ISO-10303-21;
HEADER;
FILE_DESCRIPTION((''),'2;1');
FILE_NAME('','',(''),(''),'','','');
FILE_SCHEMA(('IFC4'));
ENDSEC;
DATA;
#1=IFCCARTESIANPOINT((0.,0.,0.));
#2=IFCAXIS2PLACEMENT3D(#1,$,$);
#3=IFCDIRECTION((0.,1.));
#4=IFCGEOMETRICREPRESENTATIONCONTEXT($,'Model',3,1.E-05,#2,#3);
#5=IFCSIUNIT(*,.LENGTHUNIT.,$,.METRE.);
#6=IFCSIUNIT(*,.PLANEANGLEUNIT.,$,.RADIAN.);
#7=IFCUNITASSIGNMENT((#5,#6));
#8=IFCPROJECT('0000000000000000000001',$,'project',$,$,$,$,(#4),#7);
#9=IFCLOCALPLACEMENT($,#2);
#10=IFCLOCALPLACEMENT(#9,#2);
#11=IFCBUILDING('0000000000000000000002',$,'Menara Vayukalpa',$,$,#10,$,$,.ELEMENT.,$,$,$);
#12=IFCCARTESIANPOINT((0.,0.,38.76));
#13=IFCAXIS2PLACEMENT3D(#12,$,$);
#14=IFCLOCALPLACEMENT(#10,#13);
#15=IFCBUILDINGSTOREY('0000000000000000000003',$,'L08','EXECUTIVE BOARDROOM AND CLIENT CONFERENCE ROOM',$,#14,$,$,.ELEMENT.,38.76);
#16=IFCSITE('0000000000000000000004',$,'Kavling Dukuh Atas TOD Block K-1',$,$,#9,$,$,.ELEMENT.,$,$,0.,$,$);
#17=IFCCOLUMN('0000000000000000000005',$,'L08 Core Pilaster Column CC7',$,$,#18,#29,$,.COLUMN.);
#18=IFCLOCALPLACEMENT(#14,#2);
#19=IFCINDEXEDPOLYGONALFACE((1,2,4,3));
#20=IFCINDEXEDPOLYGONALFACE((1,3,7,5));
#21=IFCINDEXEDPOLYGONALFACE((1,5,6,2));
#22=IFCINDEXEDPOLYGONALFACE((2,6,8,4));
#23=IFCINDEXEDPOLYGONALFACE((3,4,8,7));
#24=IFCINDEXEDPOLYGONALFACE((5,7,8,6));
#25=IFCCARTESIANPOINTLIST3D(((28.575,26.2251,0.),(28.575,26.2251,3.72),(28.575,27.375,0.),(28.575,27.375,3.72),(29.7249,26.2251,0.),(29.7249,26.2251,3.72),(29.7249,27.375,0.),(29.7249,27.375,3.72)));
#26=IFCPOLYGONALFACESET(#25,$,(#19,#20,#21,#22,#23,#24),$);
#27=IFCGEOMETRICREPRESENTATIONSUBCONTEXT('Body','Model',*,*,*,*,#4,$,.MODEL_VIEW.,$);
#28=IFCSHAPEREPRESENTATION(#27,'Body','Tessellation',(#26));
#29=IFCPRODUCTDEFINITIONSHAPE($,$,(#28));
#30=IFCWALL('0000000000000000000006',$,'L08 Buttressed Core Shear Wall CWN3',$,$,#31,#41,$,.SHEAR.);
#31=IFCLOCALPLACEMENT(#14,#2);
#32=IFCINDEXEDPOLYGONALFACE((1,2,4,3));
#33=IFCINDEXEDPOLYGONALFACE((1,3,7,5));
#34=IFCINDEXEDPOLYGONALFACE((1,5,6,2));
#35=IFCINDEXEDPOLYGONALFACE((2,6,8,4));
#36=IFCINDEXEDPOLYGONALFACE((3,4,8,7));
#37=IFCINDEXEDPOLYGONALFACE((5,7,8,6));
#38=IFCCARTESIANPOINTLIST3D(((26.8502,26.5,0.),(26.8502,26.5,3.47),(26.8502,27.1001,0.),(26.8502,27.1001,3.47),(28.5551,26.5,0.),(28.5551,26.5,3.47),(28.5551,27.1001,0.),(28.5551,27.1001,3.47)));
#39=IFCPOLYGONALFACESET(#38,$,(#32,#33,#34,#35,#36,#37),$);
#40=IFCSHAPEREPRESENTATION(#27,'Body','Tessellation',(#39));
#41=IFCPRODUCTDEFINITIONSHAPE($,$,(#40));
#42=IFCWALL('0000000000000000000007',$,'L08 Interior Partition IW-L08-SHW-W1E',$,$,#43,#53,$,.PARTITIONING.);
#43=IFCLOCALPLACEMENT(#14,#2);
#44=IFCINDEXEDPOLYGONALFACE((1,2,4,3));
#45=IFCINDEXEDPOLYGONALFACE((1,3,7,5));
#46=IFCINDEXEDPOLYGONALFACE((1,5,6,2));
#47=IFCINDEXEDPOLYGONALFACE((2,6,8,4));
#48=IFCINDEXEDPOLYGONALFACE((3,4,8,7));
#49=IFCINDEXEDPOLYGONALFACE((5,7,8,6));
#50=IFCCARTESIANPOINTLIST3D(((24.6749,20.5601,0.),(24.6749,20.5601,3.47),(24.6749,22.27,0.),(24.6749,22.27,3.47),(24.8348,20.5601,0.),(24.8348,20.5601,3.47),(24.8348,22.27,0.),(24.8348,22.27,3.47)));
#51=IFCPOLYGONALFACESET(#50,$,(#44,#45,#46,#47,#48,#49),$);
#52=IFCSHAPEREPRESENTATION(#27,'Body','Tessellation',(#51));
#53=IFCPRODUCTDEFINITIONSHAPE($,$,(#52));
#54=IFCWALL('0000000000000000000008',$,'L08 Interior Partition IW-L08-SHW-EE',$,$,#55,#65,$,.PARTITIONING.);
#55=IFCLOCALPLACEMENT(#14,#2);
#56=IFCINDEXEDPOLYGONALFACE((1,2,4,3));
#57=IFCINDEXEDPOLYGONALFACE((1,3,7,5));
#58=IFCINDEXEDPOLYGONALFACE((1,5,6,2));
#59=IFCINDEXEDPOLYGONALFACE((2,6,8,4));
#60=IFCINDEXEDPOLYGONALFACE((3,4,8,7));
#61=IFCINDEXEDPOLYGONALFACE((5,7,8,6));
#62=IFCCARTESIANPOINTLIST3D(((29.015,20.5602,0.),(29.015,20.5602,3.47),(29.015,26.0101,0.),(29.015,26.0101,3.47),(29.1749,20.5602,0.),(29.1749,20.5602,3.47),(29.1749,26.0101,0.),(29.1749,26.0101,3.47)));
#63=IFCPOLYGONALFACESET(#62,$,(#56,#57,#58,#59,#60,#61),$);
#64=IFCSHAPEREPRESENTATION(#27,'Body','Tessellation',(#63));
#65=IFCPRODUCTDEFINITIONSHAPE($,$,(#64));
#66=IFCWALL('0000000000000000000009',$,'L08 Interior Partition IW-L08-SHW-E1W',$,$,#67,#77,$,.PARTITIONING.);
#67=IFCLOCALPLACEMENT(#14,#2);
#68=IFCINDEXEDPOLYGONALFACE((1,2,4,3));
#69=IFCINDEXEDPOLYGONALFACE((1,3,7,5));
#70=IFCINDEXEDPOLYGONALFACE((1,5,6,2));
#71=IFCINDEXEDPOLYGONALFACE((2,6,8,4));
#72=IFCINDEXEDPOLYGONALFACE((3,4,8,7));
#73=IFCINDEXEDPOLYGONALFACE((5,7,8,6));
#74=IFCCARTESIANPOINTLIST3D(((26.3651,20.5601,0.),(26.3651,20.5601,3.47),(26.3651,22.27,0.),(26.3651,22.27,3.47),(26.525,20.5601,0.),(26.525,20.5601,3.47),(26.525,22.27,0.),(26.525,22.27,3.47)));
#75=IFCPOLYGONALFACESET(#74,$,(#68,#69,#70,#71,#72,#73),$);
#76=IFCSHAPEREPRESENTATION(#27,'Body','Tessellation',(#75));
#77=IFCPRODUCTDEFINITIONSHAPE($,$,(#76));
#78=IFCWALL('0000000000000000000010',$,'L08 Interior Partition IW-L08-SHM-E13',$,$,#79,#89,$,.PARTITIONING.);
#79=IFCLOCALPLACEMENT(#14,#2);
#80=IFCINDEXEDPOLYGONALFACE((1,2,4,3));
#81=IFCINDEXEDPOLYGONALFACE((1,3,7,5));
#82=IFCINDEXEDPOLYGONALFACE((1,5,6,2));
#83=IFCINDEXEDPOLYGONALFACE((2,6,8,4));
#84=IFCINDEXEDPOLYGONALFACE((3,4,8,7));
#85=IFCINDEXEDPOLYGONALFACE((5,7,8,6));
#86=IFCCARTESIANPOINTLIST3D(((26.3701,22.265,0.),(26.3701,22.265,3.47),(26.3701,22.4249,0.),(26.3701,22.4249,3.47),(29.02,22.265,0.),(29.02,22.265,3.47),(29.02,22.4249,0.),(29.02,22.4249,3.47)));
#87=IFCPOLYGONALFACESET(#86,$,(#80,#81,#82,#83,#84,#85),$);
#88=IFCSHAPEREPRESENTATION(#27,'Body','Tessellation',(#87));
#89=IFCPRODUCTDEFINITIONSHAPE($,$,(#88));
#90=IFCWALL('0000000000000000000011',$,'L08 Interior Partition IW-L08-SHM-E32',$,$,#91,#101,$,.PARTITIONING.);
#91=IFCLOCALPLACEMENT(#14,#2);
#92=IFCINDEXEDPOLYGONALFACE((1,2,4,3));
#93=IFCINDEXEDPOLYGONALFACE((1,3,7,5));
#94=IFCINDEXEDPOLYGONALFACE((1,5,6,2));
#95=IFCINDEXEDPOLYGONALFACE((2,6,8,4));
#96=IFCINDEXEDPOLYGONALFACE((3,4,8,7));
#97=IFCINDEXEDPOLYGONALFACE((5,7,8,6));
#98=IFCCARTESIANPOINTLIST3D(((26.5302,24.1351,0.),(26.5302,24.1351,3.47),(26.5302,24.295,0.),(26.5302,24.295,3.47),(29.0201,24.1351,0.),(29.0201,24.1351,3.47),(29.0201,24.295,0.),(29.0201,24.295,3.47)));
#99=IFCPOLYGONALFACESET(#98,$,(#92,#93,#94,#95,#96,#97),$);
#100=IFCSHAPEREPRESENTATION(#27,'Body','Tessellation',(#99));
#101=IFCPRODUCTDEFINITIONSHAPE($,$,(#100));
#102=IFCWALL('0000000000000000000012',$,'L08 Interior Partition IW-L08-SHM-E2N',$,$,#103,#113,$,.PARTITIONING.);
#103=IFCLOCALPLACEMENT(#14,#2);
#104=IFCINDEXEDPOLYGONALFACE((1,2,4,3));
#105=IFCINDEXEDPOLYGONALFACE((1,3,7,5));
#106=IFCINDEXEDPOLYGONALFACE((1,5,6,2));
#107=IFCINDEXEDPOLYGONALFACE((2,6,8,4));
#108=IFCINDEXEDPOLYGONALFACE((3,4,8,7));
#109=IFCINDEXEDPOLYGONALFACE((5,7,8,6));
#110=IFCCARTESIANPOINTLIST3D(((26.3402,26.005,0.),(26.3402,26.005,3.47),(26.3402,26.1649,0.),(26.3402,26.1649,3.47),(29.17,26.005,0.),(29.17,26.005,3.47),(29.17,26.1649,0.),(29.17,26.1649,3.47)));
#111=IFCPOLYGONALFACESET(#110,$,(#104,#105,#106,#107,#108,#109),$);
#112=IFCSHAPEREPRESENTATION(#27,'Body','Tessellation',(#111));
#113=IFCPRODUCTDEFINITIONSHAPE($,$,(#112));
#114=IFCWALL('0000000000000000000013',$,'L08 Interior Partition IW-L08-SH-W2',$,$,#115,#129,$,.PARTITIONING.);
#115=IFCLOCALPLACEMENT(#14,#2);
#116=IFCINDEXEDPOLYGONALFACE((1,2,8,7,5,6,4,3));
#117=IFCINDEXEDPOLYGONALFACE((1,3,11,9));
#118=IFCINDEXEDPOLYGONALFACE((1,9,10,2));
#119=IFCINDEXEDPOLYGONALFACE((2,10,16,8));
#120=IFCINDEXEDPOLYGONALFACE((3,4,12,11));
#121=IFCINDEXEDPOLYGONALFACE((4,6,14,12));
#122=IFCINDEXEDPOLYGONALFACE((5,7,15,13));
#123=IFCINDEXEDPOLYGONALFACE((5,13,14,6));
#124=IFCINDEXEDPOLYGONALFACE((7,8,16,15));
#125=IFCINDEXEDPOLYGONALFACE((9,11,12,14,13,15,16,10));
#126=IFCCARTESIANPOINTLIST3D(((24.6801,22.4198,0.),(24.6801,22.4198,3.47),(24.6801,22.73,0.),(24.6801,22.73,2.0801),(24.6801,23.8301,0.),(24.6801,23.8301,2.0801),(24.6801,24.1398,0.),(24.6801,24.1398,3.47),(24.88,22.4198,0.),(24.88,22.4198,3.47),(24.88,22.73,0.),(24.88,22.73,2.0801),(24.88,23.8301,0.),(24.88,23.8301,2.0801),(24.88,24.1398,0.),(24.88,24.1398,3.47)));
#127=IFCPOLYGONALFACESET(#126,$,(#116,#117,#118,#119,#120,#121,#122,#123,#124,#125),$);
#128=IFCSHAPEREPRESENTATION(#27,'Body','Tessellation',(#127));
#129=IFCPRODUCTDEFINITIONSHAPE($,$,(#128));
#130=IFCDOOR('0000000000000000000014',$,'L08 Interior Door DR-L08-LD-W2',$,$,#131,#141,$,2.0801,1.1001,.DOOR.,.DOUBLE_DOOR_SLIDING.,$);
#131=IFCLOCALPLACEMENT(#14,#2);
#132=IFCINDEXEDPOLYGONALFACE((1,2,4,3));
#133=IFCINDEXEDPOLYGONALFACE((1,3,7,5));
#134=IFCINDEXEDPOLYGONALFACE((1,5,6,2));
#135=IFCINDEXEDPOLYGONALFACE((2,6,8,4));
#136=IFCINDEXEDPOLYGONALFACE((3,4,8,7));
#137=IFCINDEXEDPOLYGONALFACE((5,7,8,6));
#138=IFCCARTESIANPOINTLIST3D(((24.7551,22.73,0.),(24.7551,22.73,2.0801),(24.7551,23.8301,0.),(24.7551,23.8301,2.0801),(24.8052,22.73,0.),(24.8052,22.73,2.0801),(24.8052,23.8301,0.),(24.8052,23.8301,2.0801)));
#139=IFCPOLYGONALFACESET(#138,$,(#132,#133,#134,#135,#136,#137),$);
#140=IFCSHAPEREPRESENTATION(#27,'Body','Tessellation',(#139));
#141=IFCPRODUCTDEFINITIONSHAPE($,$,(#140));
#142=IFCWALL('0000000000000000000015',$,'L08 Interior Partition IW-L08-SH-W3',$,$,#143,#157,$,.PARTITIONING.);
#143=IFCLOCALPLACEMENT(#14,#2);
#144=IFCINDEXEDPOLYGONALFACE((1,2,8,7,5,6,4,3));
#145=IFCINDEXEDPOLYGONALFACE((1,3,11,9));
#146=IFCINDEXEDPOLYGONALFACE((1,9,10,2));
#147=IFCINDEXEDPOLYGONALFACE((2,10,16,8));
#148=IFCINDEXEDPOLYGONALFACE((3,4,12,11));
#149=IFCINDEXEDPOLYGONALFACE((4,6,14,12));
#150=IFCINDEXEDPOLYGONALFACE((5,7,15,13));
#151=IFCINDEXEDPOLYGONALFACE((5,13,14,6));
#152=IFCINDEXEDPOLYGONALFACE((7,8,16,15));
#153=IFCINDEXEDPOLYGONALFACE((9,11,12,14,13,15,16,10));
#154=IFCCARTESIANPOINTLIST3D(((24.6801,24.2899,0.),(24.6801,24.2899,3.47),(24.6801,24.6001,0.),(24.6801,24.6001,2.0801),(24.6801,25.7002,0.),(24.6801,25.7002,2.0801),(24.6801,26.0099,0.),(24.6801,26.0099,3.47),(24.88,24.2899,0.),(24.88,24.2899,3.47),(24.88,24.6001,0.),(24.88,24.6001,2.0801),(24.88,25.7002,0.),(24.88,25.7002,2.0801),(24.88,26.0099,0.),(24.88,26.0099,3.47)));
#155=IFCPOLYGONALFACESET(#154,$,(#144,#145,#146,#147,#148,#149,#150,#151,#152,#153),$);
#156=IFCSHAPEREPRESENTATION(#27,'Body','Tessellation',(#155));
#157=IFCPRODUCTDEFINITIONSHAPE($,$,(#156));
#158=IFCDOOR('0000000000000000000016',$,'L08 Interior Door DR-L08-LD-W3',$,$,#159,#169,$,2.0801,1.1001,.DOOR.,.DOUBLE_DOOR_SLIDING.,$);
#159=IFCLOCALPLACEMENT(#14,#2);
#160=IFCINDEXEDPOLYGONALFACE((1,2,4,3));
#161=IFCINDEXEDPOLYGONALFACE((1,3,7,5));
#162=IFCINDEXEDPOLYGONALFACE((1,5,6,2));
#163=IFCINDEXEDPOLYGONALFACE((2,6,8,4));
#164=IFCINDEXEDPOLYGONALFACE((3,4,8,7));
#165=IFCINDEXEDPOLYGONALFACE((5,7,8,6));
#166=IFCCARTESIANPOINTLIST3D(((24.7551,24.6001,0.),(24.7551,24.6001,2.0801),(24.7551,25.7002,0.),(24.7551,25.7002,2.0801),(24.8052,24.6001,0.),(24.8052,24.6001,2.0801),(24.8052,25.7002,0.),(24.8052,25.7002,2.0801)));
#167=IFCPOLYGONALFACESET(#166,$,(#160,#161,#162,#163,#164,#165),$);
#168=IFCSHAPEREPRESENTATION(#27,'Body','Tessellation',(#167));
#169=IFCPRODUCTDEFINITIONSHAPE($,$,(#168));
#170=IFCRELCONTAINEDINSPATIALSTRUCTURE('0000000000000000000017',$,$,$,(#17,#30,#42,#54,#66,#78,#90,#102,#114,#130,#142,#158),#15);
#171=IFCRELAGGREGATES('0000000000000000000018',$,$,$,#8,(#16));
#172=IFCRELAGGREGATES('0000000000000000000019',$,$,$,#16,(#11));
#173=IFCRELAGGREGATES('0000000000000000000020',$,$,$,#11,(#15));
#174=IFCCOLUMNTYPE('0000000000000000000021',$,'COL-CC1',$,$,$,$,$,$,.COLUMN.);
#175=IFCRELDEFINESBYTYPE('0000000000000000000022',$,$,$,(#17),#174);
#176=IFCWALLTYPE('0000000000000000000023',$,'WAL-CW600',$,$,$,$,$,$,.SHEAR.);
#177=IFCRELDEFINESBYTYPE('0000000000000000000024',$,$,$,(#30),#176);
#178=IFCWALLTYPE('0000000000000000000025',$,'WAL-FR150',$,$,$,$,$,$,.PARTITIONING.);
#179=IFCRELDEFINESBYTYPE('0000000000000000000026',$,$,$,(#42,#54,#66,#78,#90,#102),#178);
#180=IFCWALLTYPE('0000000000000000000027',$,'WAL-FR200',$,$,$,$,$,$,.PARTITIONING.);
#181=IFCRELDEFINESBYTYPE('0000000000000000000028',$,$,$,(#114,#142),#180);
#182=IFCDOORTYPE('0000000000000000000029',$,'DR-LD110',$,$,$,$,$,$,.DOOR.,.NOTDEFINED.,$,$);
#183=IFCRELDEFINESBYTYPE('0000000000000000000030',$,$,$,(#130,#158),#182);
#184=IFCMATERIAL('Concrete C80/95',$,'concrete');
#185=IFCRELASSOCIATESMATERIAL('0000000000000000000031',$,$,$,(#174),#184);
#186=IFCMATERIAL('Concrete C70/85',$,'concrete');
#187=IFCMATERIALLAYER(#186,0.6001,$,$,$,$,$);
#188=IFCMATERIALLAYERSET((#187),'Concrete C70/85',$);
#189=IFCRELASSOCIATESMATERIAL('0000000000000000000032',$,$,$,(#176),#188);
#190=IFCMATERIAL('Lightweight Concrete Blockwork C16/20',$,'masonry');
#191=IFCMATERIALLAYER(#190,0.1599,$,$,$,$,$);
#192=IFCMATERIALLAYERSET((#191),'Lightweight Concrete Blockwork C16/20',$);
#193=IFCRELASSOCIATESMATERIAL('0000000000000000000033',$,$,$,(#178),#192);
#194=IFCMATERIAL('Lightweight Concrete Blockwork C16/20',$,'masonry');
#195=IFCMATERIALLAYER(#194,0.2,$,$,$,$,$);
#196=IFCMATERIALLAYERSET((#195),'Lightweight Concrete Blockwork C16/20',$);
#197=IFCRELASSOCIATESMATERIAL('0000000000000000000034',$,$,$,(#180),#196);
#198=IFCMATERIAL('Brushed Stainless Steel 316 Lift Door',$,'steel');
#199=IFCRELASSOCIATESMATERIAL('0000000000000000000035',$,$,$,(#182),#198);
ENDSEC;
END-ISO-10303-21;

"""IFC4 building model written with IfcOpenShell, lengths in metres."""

from ifc_helpers import new_model, si_unit, direction, frame, frame_2d, origin, origin_2d, place, context, subcontext, project, spatial, rectangle, extrude, material, layer, layer_set, material_profile, profile_set, type_object, element, fill, save


model = new_model("IFC4")

# Units and contexts
model_context = context("Model", 3, precision=1e-05, world=origin(), true_north=direction((0.0, 1.0)))
body_context = subcontext(model_context, "Body", "Model", "MODEL_VIEW")
ifc_project = project(units=[si_unit("LENGTHUNIT", "METRE"), si_unit("PLANEANGLEUNIT", "RADIAN")], contexts=[model_context])

# Site, building, storey
site_placement = place(None, origin())
site = spatial("IfcSite", under=ifc_project, at=site_placement, Name="Kavling Dukuh Atas TOD Block K-1", CompositionType="ELEMENT", RefElevation=0.0)
building_placement = place(site_placement, origin())
building = spatial("IfcBuilding", under=site, at=building_placement, Name="Menara Vayukalpa", CompositionType="ELEMENT")
storey_placement = place(building_placement, frame((0.0, 0.0, 38.76)))
storey = spatial("IfcBuildingStorey", under=building, at=storey_placement, Name="L08", Description="EXECUTIVE BOARDROOM AND CLIENT CONFERENCE ROOM", CompositionType="ELEMENT", Elevation=38.76)

# Column
ifc_material_1 = material(Name="Concrete C80/95", Category="concrete")
ifc_material_profile = material_profile(ifc_material_1, rectangle(XDim=1.1499, YDim=1.1499, at=origin_2d()), Name="RC 1150x1150")
ifc_profile_set = profile_set([ifc_material_profile], Name="Concrete C80/95")
column_type = type_object("IfcColumnType", Name="COL-CC1", PredefinedType="COLUMN", material=ifc_profile_set)
column_placement = place(storey_placement, frame((29.1499, 26.8, 0.0), z_axis=(0.0, 0.0, 1.0), x_axis=(1.0, 0.0, 0.0)))
element("IfcColumn", 1, at=column_placement, inside=storey, type_object=column_type, Name="L08 Core Pilaster Column CC7", PredefinedType="COLUMN", context=body_context, shape_type="SweptSolid", body=[
    extrude(rectangle(XDim=1.1499, YDim=1.1499, at=origin_2d()), origin(), (0.0, 0.0, 1.0), 3.72),
])

# Walls
ifc_material_2 = material(Name="Concrete C70/85", Category="concrete")
ifc_layer_1 = layer(ifc_material_2, 0.6001)
ifc_layer_set_1 = layer_set([ifc_layer_1], Name="Concrete C70/85")
wall_type_1 = type_object("IfcWallType", Name="WAL-CW600", PredefinedType="SHEAR", material=ifc_layer_set_1)
wall_1_placement = place(storey_placement, frame((26.8501, 26.8, 0.0), z_axis=(0.0, 0.0, 1.0), x_axis=(1.0, 0.0, 0.0)))
element("IfcWall", 2, at=wall_1_placement, inside=storey, type_object=wall_type_1, Name="L08 Buttressed Core Shear Wall CWN3", PredefinedType="SHEAR", context=body_context, shape_type="SweptSolid", body=[
    extrude(rectangle(XDim=1.7048, YDim=0.6001, at=frame_2d((0.8525, 0.0))), origin(), (0.0, 0.0, 1.0), 3.47),
])
ifc_material_3 = material(Name="Lightweight Concrete Blockwork C16/20", Category="masonry")
ifc_layer_2 = layer(ifc_material_3, 0.1599)
ifc_layer_set_2 = layer_set([ifc_layer_2], Name="Lightweight Concrete Blockwork C16/20")
wall_type_2 = type_object("IfcWallType", Name="WAL-FR150", PredefinedType="PARTITIONING", material=ifc_layer_set_2)
wall_2_placement = place(storey_placement, frame((24.7549, 20.5601, 0.0), z_axis=(0.0, 0.0, 1.0), x_axis=(0.0, 1.0, 0.0)))
element("IfcWall", 3, at=wall_2_placement, inside=storey, type_object=wall_type_2, Name="L08 Interior Partition IW-L08-SHW-W1E", PredefinedType="PARTITIONING", context=body_context, shape_type="SweptSolid", body=[
    extrude(rectangle(XDim=1.71, YDim=0.1599, at=frame_2d((0.855, 0.0))), origin(), (0.0, 0.0, 1.0), 3.47),
])
wall_3_placement = place(storey_placement, frame((29.095, 20.5601, 0.0), z_axis=(0.0, 0.0, 1.0), x_axis=(0.0, 1.0, 0.0)))
element("IfcWall", 4, at=wall_3_placement, inside=storey, type_object=wall_type_2, Name="L08 Interior Partition IW-L08-SHW-EE", PredefinedType="PARTITIONING", context=body_context, shape_type="SweptSolid", body=[
    extrude(rectangle(XDim=5.45, YDim=0.1599, at=frame_2d((2.7251, 0.0))), origin(), (0.0, 0.0, 1.0), 3.47),
])
wall_4_placement = place(storey_placement, frame((26.4451, 20.5601, 0.0), z_axis=(0.0, 0.0, 1.0), x_axis=(0.0, 1.0, 0.0)))
element("IfcWall", 5, at=wall_4_placement, inside=storey, type_object=wall_type_2, Name="L08 Interior Partition IW-L08-SHW-E1W", PredefinedType="PARTITIONING", context=body_context, shape_type="SweptSolid", body=[
    extrude(rectangle(XDim=1.71, YDim=0.1599, at=frame_2d((0.855, 0.0))), origin(), (0.0, 0.0, 1.0), 3.47),
])
wall_5_placement = place(storey_placement, frame((26.3701, 22.345, 0.0), z_axis=(0.0, 0.0, 1.0), x_axis=(1.0, 0.0, 0.0)))
element("IfcWall", 6, at=wall_5_placement, inside=storey, type_object=wall_type_2, Name="L08 Interior Partition IW-L08-SHM-E13", PredefinedType="PARTITIONING", context=body_context, shape_type="SweptSolid", body=[
    extrude(rectangle(XDim=2.6499, YDim=0.1599, at=frame_2d((1.325, 0.0))), origin(), (0.0, 0.0, 1.0), 3.47),
])
wall_6_placement = place(storey_placement, frame((26.53, 24.2151, 0.0), z_axis=(0.0, 0.0, 1.0), x_axis=(1.0, 0.0, 0.0)))
element("IfcWall", 7, at=wall_6_placement, inside=storey, type_object=wall_type_2, Name="L08 Interior Partition IW-L08-SHM-E32", PredefinedType="PARTITIONING", context=body_context, shape_type="SweptSolid", body=[
    extrude(rectangle(XDim=2.49, YDim=0.1599, at=frame_2d((1.2451, 0.0))), origin(), (0.0, 0.0, 1.0), 3.47),
])
wall_7_placement = place(storey_placement, frame((26.3401, 26.085, 0.0), z_axis=(0.0, 0.0, 1.0), x_axis=(1.0, 0.0, 0.0)))
element("IfcWall", 8, at=wall_7_placement, inside=storey, type_object=wall_type_2, Name="L08 Interior Partition IW-L08-SHM-E2N", PredefinedType="PARTITIONING", context=body_context, shape_type="SweptSolid", body=[
    extrude(rectangle(XDim=2.8298, YDim=0.1599, at=frame_2d((1.415, 0.0))), origin(), (0.0, 0.0, 1.0), 3.47),
])

# Walls, openings, doors
ifc_material_4 = material(Name="Lightweight Concrete Blockwork C16/20", Category="masonry")
ifc_layer_3 = layer(ifc_material_4, 0.2)
ifc_layer_set_3 = layer_set([ifc_layer_3], Name="Lightweight Concrete Blockwork C16/20")
wall_type_3 = type_object("IfcWallType", Name="WAL-FR200", PredefinedType="PARTITIONING", material=ifc_layer_set_3)
wall_8_placement = place(storey_placement, frame((24.78, 22.4199, 0.0), z_axis=(0.0, 0.0, 1.0), x_axis=(0.0, 1.0, 0.0)))
wall_8 = element("IfcWall", 9, at=wall_8_placement, inside=storey, type_object=wall_type_3, Name="L08 Interior Partition IW-L08-SH-W2", PredefinedType="PARTITIONING", context=body_context, shape_type="SweptSolid", body=[
    extrude(rectangle(XDim=1.72, YDim=0.2, at=frame_2d((0.8599, 0.0))), origin(), (0.0, 0.0, 1.0), 3.47),
])
opening_1_placement = place(wall_8_placement, frame((0.3101, 0.0, 0.0)))
opening_1 = element("IfcOpeningElement", 10, at=opening_1_placement, cuts=wall_8, PredefinedType="OPENING", context=body_context, shape_type="SweptSolid", body=[
    extrude(rectangle(XDim=1.1001, YDim=2.0801, at=frame_2d((0.55, 1.04))), frame((0.0, 0.1099, 0.0), z_axis=(0.0, -1.0, 0.0), x_axis=(1.0, 0.0, 0.0)), (0.0, 0.0, 1.0), 0.22),
])
ifc_material_5 = material(Name="Brushed Stainless Steel 316 Lift Door", Category="steel")
door_type = type_object("IfcDoorType", Name="DR-LD110", OperationType="NOTDEFINED", PredefinedType="DOOR", material=ifc_material_5)
door_1_placement = place(opening_1_placement, origin())
door_1 = element("IfcDoor", 11, at=door_1_placement, inside=storey, type_object=door_type, Name="L08 Interior Door DR-L08-LD-W2", OperationType="DOUBLE_DOOR_SLIDING", OverallHeight=2.0801, OverallWidth=1.1001, PredefinedType="DOOR", context=body_context, shape_type="SweptSolid", body=[
    extrude(rectangle(XDim=1.1001, YDim=2.0801, at=frame_2d((0.55, 1.04))), frame((0.0, 0.0249, 0.0), z_axis=(0.0, -1.0, 0.0), x_axis=(1.0, 0.0, 0.0)), (0.0, 0.0, 1.0), 0.05),
])
fill(opening_1, door_1)
wall_9_placement = place(storey_placement, frame((24.78, 24.29, 0.0), z_axis=(0.0, 0.0, 1.0), x_axis=(0.0, 1.0, 0.0)))
wall_9 = element("IfcWall", 12, at=wall_9_placement, inside=storey, type_object=wall_type_3, Name="L08 Interior Partition IW-L08-SH-W3", PredefinedType="PARTITIONING", context=body_context, shape_type="SweptSolid", body=[
    extrude(rectangle(XDim=1.72, YDim=0.2, at=frame_2d((0.8599, 0.0))), origin(), (0.0, 0.0, 1.0), 3.47),
])
opening_2_placement = place(wall_9_placement, frame((0.3101, 0.0, 0.0)))
opening_2 = element("IfcOpeningElement", 13, at=opening_2_placement, cuts=wall_9, PredefinedType="OPENING", context=body_context, shape_type="SweptSolid", body=[
    extrude(rectangle(XDim=1.1001, YDim=2.0801, at=frame_2d((0.55, 1.04))), frame((0.0, 0.1099, 0.0), z_axis=(0.0, -1.0, 0.0), x_axis=(1.0, 0.0, 0.0)), (0.0, 0.0, 1.0), 0.22),
])
door_2_placement = place(opening_2_placement, origin())
door_2 = element("IfcDoor", 14, at=door_2_placement, inside=storey, type_object=door_type, Name="L08 Interior Door DR-L08-LD-W3", OperationType="DOUBLE_DOOR_SLIDING", OverallHeight=2.0801, OverallWidth=1.1001, PredefinedType="DOOR", context=body_context, shape_type="SweptSolid", body=[
    extrude(rectangle(XDim=1.1001, YDim=2.0801, at=frame_2d((0.55, 1.04))), frame((0.0, 0.0249, 0.0), z_axis=(0.0, -1.0, 0.0), x_axis=(1.0, 0.0, 0.0)), (0.0, 0.0, 1.0), 0.05),
])
fill(opening_2, door_2)

save(model, "model.ifc")
